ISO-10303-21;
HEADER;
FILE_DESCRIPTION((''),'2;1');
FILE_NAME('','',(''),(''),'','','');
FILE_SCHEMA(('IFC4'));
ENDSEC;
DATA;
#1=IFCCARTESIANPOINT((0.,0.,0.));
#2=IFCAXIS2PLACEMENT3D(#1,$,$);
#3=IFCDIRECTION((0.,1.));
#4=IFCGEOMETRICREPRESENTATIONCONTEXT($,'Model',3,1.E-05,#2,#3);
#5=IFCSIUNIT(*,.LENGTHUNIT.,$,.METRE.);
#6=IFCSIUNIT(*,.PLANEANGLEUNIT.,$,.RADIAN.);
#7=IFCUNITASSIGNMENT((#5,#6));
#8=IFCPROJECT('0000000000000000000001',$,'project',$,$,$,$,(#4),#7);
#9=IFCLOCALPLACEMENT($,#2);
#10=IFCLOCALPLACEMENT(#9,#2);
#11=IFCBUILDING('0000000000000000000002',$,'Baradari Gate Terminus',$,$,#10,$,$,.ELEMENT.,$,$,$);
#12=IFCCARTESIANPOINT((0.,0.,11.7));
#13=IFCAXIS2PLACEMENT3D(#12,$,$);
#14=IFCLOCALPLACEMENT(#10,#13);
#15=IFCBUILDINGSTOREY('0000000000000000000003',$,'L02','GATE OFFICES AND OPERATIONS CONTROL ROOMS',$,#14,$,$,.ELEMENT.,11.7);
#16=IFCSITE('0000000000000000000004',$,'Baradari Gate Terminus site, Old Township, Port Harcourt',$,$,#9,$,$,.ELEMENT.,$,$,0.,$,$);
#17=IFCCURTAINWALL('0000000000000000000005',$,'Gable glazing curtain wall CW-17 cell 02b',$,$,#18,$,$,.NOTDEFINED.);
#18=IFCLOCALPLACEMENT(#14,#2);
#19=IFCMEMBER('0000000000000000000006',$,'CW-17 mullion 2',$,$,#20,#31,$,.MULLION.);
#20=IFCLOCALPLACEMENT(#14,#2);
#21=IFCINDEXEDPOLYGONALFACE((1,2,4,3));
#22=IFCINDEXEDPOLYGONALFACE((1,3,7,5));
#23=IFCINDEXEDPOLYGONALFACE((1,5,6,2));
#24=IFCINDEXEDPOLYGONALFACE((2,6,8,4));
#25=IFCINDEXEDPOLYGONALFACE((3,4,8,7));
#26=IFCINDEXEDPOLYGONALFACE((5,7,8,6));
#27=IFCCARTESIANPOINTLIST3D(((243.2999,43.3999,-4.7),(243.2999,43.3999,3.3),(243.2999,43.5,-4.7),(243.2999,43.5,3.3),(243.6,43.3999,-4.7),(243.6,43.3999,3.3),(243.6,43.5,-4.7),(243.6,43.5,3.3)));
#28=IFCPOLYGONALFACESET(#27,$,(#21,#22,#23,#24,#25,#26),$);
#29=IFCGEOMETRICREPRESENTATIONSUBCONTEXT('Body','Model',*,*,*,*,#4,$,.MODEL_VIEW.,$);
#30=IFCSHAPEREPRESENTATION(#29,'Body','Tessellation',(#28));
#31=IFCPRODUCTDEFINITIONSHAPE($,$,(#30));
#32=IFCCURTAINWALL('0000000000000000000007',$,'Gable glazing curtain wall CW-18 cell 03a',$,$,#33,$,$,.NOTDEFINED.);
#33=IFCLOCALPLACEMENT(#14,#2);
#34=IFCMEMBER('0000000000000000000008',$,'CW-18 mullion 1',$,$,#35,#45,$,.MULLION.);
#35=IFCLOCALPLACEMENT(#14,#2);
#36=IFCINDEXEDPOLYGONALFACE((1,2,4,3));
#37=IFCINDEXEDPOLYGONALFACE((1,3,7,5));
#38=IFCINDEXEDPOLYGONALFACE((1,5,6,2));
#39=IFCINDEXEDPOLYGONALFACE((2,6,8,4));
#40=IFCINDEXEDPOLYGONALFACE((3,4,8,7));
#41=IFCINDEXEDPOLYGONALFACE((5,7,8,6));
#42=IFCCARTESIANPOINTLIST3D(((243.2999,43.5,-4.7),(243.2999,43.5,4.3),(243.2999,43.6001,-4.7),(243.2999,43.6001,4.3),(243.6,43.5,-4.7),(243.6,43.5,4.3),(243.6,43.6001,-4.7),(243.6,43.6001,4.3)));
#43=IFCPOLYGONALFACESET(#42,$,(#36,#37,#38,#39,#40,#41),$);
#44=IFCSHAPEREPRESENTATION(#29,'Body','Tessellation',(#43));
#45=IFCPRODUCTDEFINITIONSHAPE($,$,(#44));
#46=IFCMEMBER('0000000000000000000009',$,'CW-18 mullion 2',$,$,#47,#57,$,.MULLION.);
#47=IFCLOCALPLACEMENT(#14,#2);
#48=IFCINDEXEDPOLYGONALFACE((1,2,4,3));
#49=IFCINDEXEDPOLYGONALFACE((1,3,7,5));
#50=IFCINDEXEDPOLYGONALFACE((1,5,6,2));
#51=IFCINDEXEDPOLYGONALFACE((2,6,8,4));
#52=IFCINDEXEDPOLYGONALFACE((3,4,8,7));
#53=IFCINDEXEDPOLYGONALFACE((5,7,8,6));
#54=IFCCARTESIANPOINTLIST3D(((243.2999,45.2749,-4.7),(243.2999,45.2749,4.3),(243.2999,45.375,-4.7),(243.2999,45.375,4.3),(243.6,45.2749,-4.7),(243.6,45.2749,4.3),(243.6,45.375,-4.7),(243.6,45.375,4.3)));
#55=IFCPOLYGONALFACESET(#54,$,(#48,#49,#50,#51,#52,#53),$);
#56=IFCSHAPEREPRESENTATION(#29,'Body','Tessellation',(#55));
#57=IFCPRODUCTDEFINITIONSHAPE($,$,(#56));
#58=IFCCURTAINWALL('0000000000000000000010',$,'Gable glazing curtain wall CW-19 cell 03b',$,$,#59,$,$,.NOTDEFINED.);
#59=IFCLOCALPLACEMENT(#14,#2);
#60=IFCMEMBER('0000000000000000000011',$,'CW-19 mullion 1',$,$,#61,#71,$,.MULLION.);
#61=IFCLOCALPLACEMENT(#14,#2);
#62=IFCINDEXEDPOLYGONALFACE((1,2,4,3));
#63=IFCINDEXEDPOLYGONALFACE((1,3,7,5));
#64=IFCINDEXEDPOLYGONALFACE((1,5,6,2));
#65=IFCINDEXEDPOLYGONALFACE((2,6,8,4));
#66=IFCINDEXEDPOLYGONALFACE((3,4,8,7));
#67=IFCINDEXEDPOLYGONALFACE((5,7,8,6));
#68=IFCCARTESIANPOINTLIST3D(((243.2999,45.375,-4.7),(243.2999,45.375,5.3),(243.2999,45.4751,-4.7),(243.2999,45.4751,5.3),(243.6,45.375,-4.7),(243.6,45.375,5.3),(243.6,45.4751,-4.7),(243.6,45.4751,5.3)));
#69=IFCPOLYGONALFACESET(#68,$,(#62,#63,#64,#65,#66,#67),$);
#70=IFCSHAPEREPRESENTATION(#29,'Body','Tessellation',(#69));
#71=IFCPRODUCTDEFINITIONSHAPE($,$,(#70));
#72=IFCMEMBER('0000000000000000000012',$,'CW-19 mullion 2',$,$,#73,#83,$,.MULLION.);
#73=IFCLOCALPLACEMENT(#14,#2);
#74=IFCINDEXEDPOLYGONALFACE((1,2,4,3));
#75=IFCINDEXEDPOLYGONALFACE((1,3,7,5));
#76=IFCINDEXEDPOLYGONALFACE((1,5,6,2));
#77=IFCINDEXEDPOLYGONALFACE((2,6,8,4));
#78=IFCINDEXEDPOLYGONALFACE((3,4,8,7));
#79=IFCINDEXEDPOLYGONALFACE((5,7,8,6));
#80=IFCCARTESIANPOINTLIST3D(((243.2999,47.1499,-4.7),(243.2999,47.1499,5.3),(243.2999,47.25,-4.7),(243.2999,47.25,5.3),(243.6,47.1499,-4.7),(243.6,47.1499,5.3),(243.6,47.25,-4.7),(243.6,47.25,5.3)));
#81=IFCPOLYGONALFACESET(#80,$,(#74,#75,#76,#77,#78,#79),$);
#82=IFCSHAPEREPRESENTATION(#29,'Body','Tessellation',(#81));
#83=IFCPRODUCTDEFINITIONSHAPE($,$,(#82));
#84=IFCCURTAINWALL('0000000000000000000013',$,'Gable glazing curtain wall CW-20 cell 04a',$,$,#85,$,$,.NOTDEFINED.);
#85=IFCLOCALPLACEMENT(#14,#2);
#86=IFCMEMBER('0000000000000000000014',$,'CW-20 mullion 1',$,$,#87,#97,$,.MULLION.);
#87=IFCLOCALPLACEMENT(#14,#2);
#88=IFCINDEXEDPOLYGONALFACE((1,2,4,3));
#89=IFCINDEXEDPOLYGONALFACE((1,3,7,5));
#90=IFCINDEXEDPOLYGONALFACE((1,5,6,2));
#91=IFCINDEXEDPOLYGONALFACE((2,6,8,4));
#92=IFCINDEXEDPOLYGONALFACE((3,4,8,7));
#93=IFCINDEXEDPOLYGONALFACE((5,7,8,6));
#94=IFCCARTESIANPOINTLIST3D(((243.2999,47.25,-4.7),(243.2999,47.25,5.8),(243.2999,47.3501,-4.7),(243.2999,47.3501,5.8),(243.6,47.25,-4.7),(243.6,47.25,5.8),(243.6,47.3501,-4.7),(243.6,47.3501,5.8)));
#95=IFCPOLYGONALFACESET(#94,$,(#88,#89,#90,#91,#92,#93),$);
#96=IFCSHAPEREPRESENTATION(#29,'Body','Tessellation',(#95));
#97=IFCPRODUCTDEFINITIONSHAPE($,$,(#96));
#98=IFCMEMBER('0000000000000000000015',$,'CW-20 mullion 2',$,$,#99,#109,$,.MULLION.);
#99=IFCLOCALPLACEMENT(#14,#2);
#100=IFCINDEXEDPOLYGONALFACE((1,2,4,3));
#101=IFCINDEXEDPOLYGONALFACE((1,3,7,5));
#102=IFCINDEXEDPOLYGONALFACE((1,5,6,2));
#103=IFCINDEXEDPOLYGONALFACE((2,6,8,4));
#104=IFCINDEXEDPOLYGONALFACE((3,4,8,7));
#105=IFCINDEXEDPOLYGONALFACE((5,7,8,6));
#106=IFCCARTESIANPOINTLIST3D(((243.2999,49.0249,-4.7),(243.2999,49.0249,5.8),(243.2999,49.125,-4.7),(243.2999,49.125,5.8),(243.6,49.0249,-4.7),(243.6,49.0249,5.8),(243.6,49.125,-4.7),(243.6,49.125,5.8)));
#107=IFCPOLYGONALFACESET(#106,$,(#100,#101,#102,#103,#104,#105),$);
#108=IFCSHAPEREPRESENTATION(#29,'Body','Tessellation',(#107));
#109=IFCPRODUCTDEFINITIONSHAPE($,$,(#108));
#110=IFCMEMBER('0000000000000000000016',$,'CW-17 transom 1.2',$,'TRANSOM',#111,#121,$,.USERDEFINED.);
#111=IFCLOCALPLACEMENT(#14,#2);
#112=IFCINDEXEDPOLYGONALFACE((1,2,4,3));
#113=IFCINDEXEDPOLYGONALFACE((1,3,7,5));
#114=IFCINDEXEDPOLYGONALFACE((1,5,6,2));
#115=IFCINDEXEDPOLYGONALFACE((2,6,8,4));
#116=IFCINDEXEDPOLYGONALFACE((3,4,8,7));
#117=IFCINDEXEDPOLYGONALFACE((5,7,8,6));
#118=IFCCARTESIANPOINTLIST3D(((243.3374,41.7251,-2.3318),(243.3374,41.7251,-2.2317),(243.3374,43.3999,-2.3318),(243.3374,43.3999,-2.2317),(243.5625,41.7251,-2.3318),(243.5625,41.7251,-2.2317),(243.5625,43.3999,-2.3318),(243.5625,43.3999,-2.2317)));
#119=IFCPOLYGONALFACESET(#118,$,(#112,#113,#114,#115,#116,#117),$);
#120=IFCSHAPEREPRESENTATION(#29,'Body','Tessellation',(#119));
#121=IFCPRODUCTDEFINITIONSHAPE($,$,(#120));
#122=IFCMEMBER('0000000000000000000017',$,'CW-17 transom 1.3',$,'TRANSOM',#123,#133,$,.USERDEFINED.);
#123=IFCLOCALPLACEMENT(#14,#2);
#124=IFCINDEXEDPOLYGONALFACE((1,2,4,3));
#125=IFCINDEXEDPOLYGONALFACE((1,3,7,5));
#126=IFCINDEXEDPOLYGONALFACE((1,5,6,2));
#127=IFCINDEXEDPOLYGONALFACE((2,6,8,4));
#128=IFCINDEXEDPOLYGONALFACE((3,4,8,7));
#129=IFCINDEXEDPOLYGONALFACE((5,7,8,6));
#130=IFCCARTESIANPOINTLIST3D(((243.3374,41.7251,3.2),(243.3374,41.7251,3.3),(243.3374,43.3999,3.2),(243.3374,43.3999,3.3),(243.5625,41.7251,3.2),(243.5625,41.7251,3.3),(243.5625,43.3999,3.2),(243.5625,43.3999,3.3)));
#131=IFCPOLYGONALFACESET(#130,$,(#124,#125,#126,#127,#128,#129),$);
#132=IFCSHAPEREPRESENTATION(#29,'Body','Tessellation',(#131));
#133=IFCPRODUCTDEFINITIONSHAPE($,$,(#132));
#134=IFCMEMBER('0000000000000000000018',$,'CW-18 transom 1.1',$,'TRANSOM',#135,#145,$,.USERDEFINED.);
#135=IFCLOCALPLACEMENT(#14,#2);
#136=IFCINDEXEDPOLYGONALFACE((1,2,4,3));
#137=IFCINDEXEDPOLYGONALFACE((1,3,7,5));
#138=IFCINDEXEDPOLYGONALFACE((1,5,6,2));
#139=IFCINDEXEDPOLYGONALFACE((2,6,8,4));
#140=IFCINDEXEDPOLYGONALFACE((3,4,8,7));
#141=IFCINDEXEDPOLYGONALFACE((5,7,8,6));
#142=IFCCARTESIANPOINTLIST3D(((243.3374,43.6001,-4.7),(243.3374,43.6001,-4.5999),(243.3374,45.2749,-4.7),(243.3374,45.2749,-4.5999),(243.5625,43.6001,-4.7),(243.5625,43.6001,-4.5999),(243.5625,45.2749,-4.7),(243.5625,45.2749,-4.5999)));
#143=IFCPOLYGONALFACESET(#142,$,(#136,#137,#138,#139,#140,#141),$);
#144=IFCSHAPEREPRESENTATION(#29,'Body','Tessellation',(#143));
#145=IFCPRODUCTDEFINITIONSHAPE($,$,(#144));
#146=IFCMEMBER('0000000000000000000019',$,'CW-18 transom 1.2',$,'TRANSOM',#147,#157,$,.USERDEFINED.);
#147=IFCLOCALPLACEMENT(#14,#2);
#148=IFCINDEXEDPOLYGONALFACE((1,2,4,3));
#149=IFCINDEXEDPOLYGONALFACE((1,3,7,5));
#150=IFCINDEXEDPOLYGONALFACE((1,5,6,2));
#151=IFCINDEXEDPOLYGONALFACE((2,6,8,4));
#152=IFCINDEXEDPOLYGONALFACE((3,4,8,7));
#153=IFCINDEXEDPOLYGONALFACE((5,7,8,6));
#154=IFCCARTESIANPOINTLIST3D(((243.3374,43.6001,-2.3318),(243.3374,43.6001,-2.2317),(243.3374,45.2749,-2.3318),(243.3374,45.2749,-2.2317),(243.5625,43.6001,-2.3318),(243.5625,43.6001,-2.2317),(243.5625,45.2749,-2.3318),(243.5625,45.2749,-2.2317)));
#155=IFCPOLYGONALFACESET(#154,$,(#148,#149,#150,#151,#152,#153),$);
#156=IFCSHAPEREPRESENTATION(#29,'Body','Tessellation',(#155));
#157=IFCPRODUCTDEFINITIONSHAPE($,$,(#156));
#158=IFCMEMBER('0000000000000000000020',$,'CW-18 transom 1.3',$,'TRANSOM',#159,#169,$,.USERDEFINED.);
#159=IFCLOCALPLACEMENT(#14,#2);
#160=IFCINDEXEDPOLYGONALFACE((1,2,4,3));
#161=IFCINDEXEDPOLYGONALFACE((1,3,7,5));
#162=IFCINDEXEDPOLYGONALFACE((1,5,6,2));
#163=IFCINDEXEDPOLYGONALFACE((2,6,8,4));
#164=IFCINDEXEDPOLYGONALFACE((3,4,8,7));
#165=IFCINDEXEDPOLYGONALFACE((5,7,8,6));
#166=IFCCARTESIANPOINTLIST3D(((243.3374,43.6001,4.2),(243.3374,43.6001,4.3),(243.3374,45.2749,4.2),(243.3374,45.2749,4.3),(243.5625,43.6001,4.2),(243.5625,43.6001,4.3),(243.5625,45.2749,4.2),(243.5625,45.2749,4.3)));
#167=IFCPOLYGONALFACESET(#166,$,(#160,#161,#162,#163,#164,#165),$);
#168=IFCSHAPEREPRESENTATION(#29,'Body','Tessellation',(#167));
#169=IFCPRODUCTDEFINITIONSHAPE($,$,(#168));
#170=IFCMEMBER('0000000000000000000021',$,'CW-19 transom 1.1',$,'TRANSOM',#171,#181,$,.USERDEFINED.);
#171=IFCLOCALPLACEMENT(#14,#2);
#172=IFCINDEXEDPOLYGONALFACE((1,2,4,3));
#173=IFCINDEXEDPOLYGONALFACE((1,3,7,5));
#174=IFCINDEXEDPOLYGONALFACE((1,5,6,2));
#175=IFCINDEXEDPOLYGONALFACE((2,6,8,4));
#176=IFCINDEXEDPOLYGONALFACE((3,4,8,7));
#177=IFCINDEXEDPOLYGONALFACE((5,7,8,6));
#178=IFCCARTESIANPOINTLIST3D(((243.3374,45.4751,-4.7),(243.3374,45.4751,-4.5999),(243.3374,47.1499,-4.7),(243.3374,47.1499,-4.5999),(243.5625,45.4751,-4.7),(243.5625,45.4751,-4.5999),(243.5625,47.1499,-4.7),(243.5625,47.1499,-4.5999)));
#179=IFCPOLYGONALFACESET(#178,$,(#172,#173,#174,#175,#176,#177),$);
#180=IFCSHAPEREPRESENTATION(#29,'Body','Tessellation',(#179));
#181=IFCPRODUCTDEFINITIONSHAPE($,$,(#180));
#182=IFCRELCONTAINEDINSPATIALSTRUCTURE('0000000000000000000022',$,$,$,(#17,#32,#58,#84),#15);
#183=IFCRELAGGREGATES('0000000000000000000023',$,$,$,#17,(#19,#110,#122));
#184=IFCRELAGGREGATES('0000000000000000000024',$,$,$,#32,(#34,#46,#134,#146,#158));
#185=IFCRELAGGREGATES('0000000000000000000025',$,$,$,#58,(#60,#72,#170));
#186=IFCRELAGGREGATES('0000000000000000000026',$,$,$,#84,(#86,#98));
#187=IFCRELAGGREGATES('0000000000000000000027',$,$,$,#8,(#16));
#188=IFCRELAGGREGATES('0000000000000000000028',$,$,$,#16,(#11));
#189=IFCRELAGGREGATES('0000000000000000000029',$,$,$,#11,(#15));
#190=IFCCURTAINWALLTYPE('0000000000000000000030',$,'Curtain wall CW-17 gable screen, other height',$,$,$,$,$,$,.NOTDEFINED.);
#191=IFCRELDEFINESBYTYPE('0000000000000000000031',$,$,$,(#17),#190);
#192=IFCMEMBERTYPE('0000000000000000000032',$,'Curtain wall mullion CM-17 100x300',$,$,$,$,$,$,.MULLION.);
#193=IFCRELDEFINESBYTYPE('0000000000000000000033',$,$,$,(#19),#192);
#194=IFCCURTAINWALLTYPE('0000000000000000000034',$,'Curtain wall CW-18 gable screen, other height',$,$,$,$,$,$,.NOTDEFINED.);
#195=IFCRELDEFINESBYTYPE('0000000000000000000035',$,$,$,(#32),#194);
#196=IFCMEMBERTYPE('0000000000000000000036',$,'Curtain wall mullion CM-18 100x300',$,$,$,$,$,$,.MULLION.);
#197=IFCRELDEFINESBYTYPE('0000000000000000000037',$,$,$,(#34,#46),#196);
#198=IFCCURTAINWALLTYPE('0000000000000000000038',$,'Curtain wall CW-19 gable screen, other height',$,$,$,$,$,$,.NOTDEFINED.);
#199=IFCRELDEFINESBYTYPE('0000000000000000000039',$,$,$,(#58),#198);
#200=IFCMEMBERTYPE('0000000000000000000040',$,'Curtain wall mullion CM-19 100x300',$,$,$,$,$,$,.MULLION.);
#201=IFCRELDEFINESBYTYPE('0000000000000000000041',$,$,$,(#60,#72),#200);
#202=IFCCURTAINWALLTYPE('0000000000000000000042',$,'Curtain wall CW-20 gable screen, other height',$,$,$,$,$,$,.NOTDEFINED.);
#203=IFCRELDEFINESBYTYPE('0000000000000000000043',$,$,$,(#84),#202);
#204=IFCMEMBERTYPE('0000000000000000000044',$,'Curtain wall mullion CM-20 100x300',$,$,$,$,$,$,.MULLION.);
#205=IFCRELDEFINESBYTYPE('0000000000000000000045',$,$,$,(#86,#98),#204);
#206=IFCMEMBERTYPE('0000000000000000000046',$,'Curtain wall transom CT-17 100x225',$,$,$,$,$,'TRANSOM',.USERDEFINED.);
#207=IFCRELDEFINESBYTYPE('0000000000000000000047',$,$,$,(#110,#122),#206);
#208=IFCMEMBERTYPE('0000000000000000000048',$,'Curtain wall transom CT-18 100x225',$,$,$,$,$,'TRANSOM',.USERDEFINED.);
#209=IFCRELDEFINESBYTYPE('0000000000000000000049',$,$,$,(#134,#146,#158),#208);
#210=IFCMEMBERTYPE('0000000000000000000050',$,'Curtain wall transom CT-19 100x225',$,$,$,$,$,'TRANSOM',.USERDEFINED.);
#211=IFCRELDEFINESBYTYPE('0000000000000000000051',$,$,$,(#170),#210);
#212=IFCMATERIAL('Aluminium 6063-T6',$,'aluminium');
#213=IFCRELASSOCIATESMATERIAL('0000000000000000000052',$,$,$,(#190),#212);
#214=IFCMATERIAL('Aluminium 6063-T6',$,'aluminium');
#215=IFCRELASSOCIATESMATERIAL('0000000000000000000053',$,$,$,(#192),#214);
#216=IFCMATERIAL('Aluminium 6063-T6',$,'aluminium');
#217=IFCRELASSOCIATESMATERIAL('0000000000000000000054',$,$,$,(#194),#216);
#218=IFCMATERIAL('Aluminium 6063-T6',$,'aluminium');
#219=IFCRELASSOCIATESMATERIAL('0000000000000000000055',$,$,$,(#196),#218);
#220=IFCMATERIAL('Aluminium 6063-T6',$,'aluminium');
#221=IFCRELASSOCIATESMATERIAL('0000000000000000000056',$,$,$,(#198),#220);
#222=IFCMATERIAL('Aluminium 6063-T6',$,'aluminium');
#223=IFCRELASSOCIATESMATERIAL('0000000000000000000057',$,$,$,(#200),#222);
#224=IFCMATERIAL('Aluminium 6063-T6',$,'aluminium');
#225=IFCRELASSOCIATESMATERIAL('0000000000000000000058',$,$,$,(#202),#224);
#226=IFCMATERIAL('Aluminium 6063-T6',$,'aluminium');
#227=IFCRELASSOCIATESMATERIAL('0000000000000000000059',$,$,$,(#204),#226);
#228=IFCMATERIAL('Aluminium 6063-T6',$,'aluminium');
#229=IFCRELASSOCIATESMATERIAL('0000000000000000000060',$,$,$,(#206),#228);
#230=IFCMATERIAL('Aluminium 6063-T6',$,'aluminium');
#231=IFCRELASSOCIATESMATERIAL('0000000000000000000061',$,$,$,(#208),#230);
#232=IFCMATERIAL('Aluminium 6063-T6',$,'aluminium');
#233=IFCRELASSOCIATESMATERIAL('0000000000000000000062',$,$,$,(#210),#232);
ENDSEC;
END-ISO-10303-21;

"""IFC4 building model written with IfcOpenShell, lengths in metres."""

from ifc_helpers import new_model, si_unit, direction, frame, origin, origin_2d, place, context, subcontext, project, spatial, rectangle, extrude, material, material_profile, profile_set, type_object, element, aggregate, save


model = new_model("IFC4")

# Units and contexts
model_context = context("Model", 3, precision=1e-05, world=origin(), true_north=direction((0.0, 1.0)))
body_context = subcontext(model_context, "Body", "Model", "MODEL_VIEW")
ifc_project = project(units=[si_unit("LENGTHUNIT", "METRE"), si_unit("PLANEANGLEUNIT", "RADIAN")], contexts=[model_context])

# Site, building, storey
site_placement = place(None, origin())
site = spatial("IfcSite", under=ifc_project, at=site_placement, Name="Baradari Gate Terminus site, Old Township, Port Harcourt", CompositionType="ELEMENT", RefElevation=0.0)
building_placement = place(site_placement, origin())
building = spatial("IfcBuilding", under=site, at=building_placement, Name="Baradari Gate Terminus", CompositionType="ELEMENT")
storey_placement = place(building_placement, frame((0.0, 0.0, 11.7)))
storey = spatial("IfcBuildingStorey", under=building, at=storey_placement, Name="L02", Description="GATE OFFICES AND OPERATIONS CONTROL ROOMS", CompositionType="ELEMENT", Elevation=11.7)

# Curtain wall, member
ifc_material_1 = material(Name="Aluminium 6063-T6", Category="aluminium")
curtain_wall_type_1 = type_object("IfcCurtainWallType", Name="Curtain wall CW-17 gable screen, other height", PredefinedType="NOTDEFINED", material=ifc_material_1)
curtain_wall_1_placement = place(storey_placement, origin())
curtain_wall_1 = element("IfcCurtainWall", 1, at=curtain_wall_1_placement, inside=storey, type_object=curtain_wall_type_1, Name="Gable glazing curtain wall CW-17 cell 02b", PredefinedType="NOTDEFINED")
ifc_material_2 = material(Name="Aluminium 6063-T6", Category="aluminium")
ifc_material_profile_1 = material_profile(ifc_material_2, rectangle(XDim=0.3, YDim=0.1001, at=origin_2d()), Name="CM-17 100X300")
ifc_profile_set_1 = profile_set([ifc_material_profile_1], Name="Aluminium 6063-T6")
member_type_1 = type_object("IfcMemberType", Name="Curtain wall mullion CM-17 100x300", PredefinedType="MULLION", material=ifc_profile_set_1)
member_1_placement = place(storey_placement, frame((243.45, 43.45, -4.7), z_axis=(0.0, 0.0, 1.0), x_axis=(-1.0, 0.0, 0.0)))
member_1 = element("IfcMember", 2, at=member_1_placement, type_object=member_type_1, Name="CW-17 mullion 2", PredefinedType="MULLION", context=body_context, shape_type="SweptSolid", body=[
    extrude(rectangle(XDim=0.3, YDim=0.1001, at=origin_2d()), origin(), (0.0, 0.0, 1.0), 8.0),
])

# Curtain walls, members
ifc_material_3 = material(Name="Aluminium 6063-T6", Category="aluminium")
curtain_wall_type_2 = type_object("IfcCurtainWallType", Name="Curtain wall CW-18 gable screen, other height", PredefinedType="NOTDEFINED", material=ifc_material_3)
curtain_wall_2_placement = place(storey_placement, origin())
curtain_wall_2 = element("IfcCurtainWall", 3, at=curtain_wall_2_placement, inside=storey, type_object=curtain_wall_type_2, Name="Gable glazing curtain wall CW-18 cell 03a", PredefinedType="NOTDEFINED")
ifc_material_4 = material(Name="Aluminium 6063-T6", Category="aluminium")
ifc_material_profile_2 = material_profile(ifc_material_4, rectangle(XDim=0.3, YDim=0.1001, at=origin_2d()), Name="CM-18 100X300")
ifc_profile_set_2 = profile_set([ifc_material_profile_2], Name="Aluminium 6063-T6")
member_type_2 = type_object("IfcMemberType", Name="Curtain wall mullion CM-18 100x300", PredefinedType="MULLION", material=ifc_profile_set_2)
member_2_placement = place(storey_placement, frame((243.45, 43.55, -4.7), z_axis=(0.0, 0.0, 1.0), x_axis=(-1.0, 0.0, 0.0)))
member_2 = element("IfcMember", 4, at=member_2_placement, type_object=member_type_2, Name="CW-18 mullion 1", PredefinedType="MULLION", context=body_context, shape_type="SweptSolid", body=[
    extrude(rectangle(XDim=0.3, YDim=0.1001, at=origin_2d()), origin(), (0.0, 0.0, 1.0), 9.0),
])
member_3_placement = place(storey_placement, frame((243.45, 45.325, -4.7), z_axis=(0.0, 0.0, 1.0), x_axis=(-1.0, 0.0, 0.0)))
member_3 = element("IfcMember", 5, at=member_3_placement, type_object=member_type_2, Name="CW-18 mullion 2", PredefinedType="MULLION", context=body_context, shape_type="SweptSolid", body=[
    extrude(rectangle(XDim=0.3, YDim=0.1001, at=origin_2d()), origin(), (0.0, 0.0, 1.0), 9.0),
])
ifc_material_5 = material(Name="Aluminium 6063-T6", Category="aluminium")
curtain_wall_type_3 = type_object("IfcCurtainWallType", Name="Curtain wall CW-19 gable screen, other height", PredefinedType="NOTDEFINED", material=ifc_material_5)
curtain_wall_3_placement = place(storey_placement, origin())
curtain_wall_3 = element("IfcCurtainWall", 6, at=curtain_wall_3_placement, inside=storey, type_object=curtain_wall_type_3, Name="Gable glazing curtain wall CW-19 cell 03b", PredefinedType="NOTDEFINED")
ifc_material_6 = material(Name="Aluminium 6063-T6", Category="aluminium")
ifc_material_profile_3 = material_profile(ifc_material_6, rectangle(XDim=0.3, YDim=0.1001, at=origin_2d()), Name="CM-19 100X300")
ifc_profile_set_3 = profile_set([ifc_material_profile_3], Name="Aluminium 6063-T6")
member_type_3 = type_object("IfcMemberType", Name="Curtain wall mullion CM-19 100x300", PredefinedType="MULLION", material=ifc_profile_set_3)
member_4_placement = place(storey_placement, frame((243.45, 45.425, -4.7), z_axis=(0.0, 0.0, 1.0), x_axis=(-1.0, 0.0, 0.0)))
member_4 = element("IfcMember", 7, at=member_4_placement, type_object=member_type_3, Name="CW-19 mullion 1", PredefinedType="MULLION", context=body_context, shape_type="SweptSolid", body=[
    extrude(rectangle(XDim=0.3, YDim=0.1001, at=origin_2d()), origin(), (0.0, 0.0, 1.0), 10.0),
])
member_5_placement = place(storey_placement, frame((243.45, 47.2, -4.7), z_axis=(0.0, 0.0, 1.0), x_axis=(-1.0, 0.0, 0.0)))
member_5 = element("IfcMember", 8, at=member_5_placement, type_object=member_type_3, Name="CW-19 mullion 2", PredefinedType="MULLION", context=body_context, shape_type="SweptSolid", body=[
    extrude(rectangle(XDim=0.3, YDim=0.1001, at=origin_2d()), origin(), (0.0, 0.0, 1.0), 10.0),
])
ifc_material_7 = material(Name="Aluminium 6063-T6", Category="aluminium")
curtain_wall_type_4 = type_object("IfcCurtainWallType", Name="Curtain wall CW-20 gable screen, other height", PredefinedType="NOTDEFINED", material=ifc_material_7)
curtain_wall_4_placement = place(storey_placement, origin())
curtain_wall_4 = element("IfcCurtainWall", 9, at=curtain_wall_4_placement, inside=storey, type_object=curtain_wall_type_4, Name="Gable glazing curtain wall CW-20 cell 04a", PredefinedType="NOTDEFINED")
ifc_material_8 = material(Name="Aluminium 6063-T6", Category="aluminium")
ifc_material_profile_4 = material_profile(ifc_material_8, rectangle(XDim=0.3, YDim=0.1001, at=origin_2d()), Name="CM-20 100X300")
ifc_profile_set_4 = profile_set([ifc_material_profile_4], Name="Aluminium 6063-T6")
member_type_4 = type_object("IfcMemberType", Name="Curtain wall mullion CM-20 100x300", PredefinedType="MULLION", material=ifc_profile_set_4)
member_6_placement = place(storey_placement, frame((243.45, 47.3, -4.7), z_axis=(0.0, 0.0, 1.0), x_axis=(-1.0, 0.0, 0.0)))
member_6 = element("IfcMember", 10, at=member_6_placement, type_object=member_type_4, Name="CW-20 mullion 1", PredefinedType="MULLION", context=body_context, shape_type="SweptSolid", body=[
    extrude(rectangle(XDim=0.3, YDim=0.1001, at=origin_2d()), origin(), (0.0, 0.0, 1.0), 10.5),
])
member_7_placement = place(storey_placement, frame((243.45, 49.075, -4.7), z_axis=(0.0, 0.0, 1.0), x_axis=(-1.0, 0.0, 0.0)))
member_7 = element("IfcMember", 11, at=member_7_placement, type_object=member_type_4, Name="CW-20 mullion 2", PredefinedType="MULLION", context=body_context, shape_type="SweptSolid", body=[
    extrude(rectangle(XDim=0.3, YDim=0.1001, at=origin_2d()), origin(), (0.0, 0.0, 1.0), 10.5),
])

# Members
ifc_material_9 = material(Name="Aluminium 6063-T6", Category="aluminium")
ifc_material_profile_5 = material_profile(ifc_material_9, rectangle(XDim=0.2251, YDim=0.1001, at=origin_2d()), Name="CT-17 100X225")
ifc_profile_set_5 = profile_set([ifc_material_profile_5], Name="Aluminium 6063-T6")
member_type_5 = type_object("IfcMemberType", Name="Curtain wall transom CT-17 100x225", ElementType="TRANSOM", PredefinedType="USERDEFINED", material=ifc_profile_set_5)
member_8_placement = place(storey_placement, frame((243.45, 41.7251, -2.2817), z_axis=(0.0, 1.0, 0.0), x_axis=(-1.0, 0.0, 0.0)))
member_8 = element("IfcMember", 12, at=member_8_placement, type_object=member_type_5, Name="CW-17 transom 1.2", ObjectType="TRANSOM", PredefinedType="USERDEFINED", context=body_context, shape_type="SweptSolid", body=[
    extrude(rectangle(XDim=0.2251, YDim=0.1001, at=origin_2d()), origin(), (0.0, 0.0, 1.0), 1.6748),
])
member_9_placement = place(storey_placement, frame((243.45, 41.7251, 3.25), z_axis=(0.0, 1.0, 0.0), x_axis=(-1.0, 0.0, 0.0)))
member_9 = element("IfcMember", 13, at=member_9_placement, type_object=member_type_5, Name="CW-17 transom 1.3", ObjectType="TRANSOM", PredefinedType="USERDEFINED", context=body_context, shape_type="SweptSolid", body=[
    extrude(rectangle(XDim=0.2251, YDim=0.1001, at=origin_2d()), origin(), (0.0, 0.0, 1.0), 1.6748),
])
ifc_material_10 = material(Name="Aluminium 6063-T6", Category="aluminium")
ifc_material_profile_6 = material_profile(ifc_material_10, rectangle(XDim=0.2251, YDim=0.1001, at=origin_2d()), Name="CT-18 100X225")
ifc_profile_set_6 = profile_set([ifc_material_profile_6], Name="Aluminium 6063-T6")
member_type_6 = type_object("IfcMemberType", Name="Curtain wall transom CT-18 100x225", ElementType="TRANSOM", PredefinedType="USERDEFINED", material=ifc_profile_set_6)
member_10_placement = place(storey_placement, frame((243.45, 43.6001, -4.6499), z_axis=(0.0, 1.0, 0.0), x_axis=(-1.0, 0.0, 0.0)))
member_10 = element("IfcMember", 14, at=member_10_placement, type_object=member_type_6, Name="CW-18 transom 1.1", ObjectType="TRANSOM", PredefinedType="USERDEFINED", context=body_context, shape_type="SweptSolid", body=[
    extrude(rectangle(XDim=0.2251, YDim=0.1001, at=origin_2d()), origin(), (0.0, 0.0, 1.0), 1.6748),
])
member_11_placement = place(storey_placement, frame((243.45, 43.6001, -2.2817), z_axis=(0.0, 1.0, 0.0), x_axis=(-1.0, 0.0, 0.0)))
member_11 = element("IfcMember", 15, at=member_11_placement, type_object=member_type_6, Name="CW-18 transom 1.2", ObjectType="TRANSOM", PredefinedType="USERDEFINED", context=body_context, shape_type="SweptSolid", body=[
    extrude(rectangle(XDim=0.2251, YDim=0.1001, at=origin_2d()), origin(), (0.0, 0.0, 1.0), 1.6748),
])
member_12_placement = place(storey_placement, frame((243.45, 43.6001, 4.25), z_axis=(0.0, 1.0, 0.0), x_axis=(-1.0, 0.0, 0.0)))
member_12 = element("IfcMember", 16, at=member_12_placement, type_object=member_type_6, Name="CW-18 transom 1.3", ObjectType="TRANSOM", PredefinedType="USERDEFINED", context=body_context, shape_type="SweptSolid", body=[
    extrude(rectangle(XDim=0.2251, YDim=0.1001, at=origin_2d()), origin(), (0.0, 0.0, 1.0), 1.6748),
])
ifc_material_11 = material(Name="Aluminium 6063-T6", Category="aluminium")
ifc_material_profile_7 = material_profile(ifc_material_11, rectangle(XDim=0.2251, YDim=0.1001, at=origin_2d()), Name="CT-19 100X225")
ifc_profile_set_7 = profile_set([ifc_material_profile_7], Name="Aluminium 6063-T6")
member_type_7 = type_object("IfcMemberType", Name="Curtain wall transom CT-19 100x225", ElementType="TRANSOM", PredefinedType="USERDEFINED", material=ifc_profile_set_7)
member_13_placement = place(storey_placement, frame((243.45, 45.4751, -4.6499), z_axis=(0.0, 1.0, 0.0), x_axis=(-1.0, 0.0, 0.0)))
member_13 = element("IfcMember", 17, at=member_13_placement, type_object=member_type_7, Name="CW-19 transom 1.1", ObjectType="TRANSOM", PredefinedType="USERDEFINED", context=body_context, shape_type="SweptSolid", body=[
    extrude(rectangle(XDim=0.2251, YDim=0.1001, at=origin_2d()), origin(), (0.0, 0.0, 1.0), 1.6748),
])

aggregate(curtain_wall_1, [member_1, member_8, member_9])
aggregate(curtain_wall_2, [member_2, member_3, member_10, member_11, member_12])
aggregate(curtain_wall_3, [member_4, member_5, member_13])
aggregate(curtain_wall_4, [member_6, member_7])

save(model, "model.ifc")
